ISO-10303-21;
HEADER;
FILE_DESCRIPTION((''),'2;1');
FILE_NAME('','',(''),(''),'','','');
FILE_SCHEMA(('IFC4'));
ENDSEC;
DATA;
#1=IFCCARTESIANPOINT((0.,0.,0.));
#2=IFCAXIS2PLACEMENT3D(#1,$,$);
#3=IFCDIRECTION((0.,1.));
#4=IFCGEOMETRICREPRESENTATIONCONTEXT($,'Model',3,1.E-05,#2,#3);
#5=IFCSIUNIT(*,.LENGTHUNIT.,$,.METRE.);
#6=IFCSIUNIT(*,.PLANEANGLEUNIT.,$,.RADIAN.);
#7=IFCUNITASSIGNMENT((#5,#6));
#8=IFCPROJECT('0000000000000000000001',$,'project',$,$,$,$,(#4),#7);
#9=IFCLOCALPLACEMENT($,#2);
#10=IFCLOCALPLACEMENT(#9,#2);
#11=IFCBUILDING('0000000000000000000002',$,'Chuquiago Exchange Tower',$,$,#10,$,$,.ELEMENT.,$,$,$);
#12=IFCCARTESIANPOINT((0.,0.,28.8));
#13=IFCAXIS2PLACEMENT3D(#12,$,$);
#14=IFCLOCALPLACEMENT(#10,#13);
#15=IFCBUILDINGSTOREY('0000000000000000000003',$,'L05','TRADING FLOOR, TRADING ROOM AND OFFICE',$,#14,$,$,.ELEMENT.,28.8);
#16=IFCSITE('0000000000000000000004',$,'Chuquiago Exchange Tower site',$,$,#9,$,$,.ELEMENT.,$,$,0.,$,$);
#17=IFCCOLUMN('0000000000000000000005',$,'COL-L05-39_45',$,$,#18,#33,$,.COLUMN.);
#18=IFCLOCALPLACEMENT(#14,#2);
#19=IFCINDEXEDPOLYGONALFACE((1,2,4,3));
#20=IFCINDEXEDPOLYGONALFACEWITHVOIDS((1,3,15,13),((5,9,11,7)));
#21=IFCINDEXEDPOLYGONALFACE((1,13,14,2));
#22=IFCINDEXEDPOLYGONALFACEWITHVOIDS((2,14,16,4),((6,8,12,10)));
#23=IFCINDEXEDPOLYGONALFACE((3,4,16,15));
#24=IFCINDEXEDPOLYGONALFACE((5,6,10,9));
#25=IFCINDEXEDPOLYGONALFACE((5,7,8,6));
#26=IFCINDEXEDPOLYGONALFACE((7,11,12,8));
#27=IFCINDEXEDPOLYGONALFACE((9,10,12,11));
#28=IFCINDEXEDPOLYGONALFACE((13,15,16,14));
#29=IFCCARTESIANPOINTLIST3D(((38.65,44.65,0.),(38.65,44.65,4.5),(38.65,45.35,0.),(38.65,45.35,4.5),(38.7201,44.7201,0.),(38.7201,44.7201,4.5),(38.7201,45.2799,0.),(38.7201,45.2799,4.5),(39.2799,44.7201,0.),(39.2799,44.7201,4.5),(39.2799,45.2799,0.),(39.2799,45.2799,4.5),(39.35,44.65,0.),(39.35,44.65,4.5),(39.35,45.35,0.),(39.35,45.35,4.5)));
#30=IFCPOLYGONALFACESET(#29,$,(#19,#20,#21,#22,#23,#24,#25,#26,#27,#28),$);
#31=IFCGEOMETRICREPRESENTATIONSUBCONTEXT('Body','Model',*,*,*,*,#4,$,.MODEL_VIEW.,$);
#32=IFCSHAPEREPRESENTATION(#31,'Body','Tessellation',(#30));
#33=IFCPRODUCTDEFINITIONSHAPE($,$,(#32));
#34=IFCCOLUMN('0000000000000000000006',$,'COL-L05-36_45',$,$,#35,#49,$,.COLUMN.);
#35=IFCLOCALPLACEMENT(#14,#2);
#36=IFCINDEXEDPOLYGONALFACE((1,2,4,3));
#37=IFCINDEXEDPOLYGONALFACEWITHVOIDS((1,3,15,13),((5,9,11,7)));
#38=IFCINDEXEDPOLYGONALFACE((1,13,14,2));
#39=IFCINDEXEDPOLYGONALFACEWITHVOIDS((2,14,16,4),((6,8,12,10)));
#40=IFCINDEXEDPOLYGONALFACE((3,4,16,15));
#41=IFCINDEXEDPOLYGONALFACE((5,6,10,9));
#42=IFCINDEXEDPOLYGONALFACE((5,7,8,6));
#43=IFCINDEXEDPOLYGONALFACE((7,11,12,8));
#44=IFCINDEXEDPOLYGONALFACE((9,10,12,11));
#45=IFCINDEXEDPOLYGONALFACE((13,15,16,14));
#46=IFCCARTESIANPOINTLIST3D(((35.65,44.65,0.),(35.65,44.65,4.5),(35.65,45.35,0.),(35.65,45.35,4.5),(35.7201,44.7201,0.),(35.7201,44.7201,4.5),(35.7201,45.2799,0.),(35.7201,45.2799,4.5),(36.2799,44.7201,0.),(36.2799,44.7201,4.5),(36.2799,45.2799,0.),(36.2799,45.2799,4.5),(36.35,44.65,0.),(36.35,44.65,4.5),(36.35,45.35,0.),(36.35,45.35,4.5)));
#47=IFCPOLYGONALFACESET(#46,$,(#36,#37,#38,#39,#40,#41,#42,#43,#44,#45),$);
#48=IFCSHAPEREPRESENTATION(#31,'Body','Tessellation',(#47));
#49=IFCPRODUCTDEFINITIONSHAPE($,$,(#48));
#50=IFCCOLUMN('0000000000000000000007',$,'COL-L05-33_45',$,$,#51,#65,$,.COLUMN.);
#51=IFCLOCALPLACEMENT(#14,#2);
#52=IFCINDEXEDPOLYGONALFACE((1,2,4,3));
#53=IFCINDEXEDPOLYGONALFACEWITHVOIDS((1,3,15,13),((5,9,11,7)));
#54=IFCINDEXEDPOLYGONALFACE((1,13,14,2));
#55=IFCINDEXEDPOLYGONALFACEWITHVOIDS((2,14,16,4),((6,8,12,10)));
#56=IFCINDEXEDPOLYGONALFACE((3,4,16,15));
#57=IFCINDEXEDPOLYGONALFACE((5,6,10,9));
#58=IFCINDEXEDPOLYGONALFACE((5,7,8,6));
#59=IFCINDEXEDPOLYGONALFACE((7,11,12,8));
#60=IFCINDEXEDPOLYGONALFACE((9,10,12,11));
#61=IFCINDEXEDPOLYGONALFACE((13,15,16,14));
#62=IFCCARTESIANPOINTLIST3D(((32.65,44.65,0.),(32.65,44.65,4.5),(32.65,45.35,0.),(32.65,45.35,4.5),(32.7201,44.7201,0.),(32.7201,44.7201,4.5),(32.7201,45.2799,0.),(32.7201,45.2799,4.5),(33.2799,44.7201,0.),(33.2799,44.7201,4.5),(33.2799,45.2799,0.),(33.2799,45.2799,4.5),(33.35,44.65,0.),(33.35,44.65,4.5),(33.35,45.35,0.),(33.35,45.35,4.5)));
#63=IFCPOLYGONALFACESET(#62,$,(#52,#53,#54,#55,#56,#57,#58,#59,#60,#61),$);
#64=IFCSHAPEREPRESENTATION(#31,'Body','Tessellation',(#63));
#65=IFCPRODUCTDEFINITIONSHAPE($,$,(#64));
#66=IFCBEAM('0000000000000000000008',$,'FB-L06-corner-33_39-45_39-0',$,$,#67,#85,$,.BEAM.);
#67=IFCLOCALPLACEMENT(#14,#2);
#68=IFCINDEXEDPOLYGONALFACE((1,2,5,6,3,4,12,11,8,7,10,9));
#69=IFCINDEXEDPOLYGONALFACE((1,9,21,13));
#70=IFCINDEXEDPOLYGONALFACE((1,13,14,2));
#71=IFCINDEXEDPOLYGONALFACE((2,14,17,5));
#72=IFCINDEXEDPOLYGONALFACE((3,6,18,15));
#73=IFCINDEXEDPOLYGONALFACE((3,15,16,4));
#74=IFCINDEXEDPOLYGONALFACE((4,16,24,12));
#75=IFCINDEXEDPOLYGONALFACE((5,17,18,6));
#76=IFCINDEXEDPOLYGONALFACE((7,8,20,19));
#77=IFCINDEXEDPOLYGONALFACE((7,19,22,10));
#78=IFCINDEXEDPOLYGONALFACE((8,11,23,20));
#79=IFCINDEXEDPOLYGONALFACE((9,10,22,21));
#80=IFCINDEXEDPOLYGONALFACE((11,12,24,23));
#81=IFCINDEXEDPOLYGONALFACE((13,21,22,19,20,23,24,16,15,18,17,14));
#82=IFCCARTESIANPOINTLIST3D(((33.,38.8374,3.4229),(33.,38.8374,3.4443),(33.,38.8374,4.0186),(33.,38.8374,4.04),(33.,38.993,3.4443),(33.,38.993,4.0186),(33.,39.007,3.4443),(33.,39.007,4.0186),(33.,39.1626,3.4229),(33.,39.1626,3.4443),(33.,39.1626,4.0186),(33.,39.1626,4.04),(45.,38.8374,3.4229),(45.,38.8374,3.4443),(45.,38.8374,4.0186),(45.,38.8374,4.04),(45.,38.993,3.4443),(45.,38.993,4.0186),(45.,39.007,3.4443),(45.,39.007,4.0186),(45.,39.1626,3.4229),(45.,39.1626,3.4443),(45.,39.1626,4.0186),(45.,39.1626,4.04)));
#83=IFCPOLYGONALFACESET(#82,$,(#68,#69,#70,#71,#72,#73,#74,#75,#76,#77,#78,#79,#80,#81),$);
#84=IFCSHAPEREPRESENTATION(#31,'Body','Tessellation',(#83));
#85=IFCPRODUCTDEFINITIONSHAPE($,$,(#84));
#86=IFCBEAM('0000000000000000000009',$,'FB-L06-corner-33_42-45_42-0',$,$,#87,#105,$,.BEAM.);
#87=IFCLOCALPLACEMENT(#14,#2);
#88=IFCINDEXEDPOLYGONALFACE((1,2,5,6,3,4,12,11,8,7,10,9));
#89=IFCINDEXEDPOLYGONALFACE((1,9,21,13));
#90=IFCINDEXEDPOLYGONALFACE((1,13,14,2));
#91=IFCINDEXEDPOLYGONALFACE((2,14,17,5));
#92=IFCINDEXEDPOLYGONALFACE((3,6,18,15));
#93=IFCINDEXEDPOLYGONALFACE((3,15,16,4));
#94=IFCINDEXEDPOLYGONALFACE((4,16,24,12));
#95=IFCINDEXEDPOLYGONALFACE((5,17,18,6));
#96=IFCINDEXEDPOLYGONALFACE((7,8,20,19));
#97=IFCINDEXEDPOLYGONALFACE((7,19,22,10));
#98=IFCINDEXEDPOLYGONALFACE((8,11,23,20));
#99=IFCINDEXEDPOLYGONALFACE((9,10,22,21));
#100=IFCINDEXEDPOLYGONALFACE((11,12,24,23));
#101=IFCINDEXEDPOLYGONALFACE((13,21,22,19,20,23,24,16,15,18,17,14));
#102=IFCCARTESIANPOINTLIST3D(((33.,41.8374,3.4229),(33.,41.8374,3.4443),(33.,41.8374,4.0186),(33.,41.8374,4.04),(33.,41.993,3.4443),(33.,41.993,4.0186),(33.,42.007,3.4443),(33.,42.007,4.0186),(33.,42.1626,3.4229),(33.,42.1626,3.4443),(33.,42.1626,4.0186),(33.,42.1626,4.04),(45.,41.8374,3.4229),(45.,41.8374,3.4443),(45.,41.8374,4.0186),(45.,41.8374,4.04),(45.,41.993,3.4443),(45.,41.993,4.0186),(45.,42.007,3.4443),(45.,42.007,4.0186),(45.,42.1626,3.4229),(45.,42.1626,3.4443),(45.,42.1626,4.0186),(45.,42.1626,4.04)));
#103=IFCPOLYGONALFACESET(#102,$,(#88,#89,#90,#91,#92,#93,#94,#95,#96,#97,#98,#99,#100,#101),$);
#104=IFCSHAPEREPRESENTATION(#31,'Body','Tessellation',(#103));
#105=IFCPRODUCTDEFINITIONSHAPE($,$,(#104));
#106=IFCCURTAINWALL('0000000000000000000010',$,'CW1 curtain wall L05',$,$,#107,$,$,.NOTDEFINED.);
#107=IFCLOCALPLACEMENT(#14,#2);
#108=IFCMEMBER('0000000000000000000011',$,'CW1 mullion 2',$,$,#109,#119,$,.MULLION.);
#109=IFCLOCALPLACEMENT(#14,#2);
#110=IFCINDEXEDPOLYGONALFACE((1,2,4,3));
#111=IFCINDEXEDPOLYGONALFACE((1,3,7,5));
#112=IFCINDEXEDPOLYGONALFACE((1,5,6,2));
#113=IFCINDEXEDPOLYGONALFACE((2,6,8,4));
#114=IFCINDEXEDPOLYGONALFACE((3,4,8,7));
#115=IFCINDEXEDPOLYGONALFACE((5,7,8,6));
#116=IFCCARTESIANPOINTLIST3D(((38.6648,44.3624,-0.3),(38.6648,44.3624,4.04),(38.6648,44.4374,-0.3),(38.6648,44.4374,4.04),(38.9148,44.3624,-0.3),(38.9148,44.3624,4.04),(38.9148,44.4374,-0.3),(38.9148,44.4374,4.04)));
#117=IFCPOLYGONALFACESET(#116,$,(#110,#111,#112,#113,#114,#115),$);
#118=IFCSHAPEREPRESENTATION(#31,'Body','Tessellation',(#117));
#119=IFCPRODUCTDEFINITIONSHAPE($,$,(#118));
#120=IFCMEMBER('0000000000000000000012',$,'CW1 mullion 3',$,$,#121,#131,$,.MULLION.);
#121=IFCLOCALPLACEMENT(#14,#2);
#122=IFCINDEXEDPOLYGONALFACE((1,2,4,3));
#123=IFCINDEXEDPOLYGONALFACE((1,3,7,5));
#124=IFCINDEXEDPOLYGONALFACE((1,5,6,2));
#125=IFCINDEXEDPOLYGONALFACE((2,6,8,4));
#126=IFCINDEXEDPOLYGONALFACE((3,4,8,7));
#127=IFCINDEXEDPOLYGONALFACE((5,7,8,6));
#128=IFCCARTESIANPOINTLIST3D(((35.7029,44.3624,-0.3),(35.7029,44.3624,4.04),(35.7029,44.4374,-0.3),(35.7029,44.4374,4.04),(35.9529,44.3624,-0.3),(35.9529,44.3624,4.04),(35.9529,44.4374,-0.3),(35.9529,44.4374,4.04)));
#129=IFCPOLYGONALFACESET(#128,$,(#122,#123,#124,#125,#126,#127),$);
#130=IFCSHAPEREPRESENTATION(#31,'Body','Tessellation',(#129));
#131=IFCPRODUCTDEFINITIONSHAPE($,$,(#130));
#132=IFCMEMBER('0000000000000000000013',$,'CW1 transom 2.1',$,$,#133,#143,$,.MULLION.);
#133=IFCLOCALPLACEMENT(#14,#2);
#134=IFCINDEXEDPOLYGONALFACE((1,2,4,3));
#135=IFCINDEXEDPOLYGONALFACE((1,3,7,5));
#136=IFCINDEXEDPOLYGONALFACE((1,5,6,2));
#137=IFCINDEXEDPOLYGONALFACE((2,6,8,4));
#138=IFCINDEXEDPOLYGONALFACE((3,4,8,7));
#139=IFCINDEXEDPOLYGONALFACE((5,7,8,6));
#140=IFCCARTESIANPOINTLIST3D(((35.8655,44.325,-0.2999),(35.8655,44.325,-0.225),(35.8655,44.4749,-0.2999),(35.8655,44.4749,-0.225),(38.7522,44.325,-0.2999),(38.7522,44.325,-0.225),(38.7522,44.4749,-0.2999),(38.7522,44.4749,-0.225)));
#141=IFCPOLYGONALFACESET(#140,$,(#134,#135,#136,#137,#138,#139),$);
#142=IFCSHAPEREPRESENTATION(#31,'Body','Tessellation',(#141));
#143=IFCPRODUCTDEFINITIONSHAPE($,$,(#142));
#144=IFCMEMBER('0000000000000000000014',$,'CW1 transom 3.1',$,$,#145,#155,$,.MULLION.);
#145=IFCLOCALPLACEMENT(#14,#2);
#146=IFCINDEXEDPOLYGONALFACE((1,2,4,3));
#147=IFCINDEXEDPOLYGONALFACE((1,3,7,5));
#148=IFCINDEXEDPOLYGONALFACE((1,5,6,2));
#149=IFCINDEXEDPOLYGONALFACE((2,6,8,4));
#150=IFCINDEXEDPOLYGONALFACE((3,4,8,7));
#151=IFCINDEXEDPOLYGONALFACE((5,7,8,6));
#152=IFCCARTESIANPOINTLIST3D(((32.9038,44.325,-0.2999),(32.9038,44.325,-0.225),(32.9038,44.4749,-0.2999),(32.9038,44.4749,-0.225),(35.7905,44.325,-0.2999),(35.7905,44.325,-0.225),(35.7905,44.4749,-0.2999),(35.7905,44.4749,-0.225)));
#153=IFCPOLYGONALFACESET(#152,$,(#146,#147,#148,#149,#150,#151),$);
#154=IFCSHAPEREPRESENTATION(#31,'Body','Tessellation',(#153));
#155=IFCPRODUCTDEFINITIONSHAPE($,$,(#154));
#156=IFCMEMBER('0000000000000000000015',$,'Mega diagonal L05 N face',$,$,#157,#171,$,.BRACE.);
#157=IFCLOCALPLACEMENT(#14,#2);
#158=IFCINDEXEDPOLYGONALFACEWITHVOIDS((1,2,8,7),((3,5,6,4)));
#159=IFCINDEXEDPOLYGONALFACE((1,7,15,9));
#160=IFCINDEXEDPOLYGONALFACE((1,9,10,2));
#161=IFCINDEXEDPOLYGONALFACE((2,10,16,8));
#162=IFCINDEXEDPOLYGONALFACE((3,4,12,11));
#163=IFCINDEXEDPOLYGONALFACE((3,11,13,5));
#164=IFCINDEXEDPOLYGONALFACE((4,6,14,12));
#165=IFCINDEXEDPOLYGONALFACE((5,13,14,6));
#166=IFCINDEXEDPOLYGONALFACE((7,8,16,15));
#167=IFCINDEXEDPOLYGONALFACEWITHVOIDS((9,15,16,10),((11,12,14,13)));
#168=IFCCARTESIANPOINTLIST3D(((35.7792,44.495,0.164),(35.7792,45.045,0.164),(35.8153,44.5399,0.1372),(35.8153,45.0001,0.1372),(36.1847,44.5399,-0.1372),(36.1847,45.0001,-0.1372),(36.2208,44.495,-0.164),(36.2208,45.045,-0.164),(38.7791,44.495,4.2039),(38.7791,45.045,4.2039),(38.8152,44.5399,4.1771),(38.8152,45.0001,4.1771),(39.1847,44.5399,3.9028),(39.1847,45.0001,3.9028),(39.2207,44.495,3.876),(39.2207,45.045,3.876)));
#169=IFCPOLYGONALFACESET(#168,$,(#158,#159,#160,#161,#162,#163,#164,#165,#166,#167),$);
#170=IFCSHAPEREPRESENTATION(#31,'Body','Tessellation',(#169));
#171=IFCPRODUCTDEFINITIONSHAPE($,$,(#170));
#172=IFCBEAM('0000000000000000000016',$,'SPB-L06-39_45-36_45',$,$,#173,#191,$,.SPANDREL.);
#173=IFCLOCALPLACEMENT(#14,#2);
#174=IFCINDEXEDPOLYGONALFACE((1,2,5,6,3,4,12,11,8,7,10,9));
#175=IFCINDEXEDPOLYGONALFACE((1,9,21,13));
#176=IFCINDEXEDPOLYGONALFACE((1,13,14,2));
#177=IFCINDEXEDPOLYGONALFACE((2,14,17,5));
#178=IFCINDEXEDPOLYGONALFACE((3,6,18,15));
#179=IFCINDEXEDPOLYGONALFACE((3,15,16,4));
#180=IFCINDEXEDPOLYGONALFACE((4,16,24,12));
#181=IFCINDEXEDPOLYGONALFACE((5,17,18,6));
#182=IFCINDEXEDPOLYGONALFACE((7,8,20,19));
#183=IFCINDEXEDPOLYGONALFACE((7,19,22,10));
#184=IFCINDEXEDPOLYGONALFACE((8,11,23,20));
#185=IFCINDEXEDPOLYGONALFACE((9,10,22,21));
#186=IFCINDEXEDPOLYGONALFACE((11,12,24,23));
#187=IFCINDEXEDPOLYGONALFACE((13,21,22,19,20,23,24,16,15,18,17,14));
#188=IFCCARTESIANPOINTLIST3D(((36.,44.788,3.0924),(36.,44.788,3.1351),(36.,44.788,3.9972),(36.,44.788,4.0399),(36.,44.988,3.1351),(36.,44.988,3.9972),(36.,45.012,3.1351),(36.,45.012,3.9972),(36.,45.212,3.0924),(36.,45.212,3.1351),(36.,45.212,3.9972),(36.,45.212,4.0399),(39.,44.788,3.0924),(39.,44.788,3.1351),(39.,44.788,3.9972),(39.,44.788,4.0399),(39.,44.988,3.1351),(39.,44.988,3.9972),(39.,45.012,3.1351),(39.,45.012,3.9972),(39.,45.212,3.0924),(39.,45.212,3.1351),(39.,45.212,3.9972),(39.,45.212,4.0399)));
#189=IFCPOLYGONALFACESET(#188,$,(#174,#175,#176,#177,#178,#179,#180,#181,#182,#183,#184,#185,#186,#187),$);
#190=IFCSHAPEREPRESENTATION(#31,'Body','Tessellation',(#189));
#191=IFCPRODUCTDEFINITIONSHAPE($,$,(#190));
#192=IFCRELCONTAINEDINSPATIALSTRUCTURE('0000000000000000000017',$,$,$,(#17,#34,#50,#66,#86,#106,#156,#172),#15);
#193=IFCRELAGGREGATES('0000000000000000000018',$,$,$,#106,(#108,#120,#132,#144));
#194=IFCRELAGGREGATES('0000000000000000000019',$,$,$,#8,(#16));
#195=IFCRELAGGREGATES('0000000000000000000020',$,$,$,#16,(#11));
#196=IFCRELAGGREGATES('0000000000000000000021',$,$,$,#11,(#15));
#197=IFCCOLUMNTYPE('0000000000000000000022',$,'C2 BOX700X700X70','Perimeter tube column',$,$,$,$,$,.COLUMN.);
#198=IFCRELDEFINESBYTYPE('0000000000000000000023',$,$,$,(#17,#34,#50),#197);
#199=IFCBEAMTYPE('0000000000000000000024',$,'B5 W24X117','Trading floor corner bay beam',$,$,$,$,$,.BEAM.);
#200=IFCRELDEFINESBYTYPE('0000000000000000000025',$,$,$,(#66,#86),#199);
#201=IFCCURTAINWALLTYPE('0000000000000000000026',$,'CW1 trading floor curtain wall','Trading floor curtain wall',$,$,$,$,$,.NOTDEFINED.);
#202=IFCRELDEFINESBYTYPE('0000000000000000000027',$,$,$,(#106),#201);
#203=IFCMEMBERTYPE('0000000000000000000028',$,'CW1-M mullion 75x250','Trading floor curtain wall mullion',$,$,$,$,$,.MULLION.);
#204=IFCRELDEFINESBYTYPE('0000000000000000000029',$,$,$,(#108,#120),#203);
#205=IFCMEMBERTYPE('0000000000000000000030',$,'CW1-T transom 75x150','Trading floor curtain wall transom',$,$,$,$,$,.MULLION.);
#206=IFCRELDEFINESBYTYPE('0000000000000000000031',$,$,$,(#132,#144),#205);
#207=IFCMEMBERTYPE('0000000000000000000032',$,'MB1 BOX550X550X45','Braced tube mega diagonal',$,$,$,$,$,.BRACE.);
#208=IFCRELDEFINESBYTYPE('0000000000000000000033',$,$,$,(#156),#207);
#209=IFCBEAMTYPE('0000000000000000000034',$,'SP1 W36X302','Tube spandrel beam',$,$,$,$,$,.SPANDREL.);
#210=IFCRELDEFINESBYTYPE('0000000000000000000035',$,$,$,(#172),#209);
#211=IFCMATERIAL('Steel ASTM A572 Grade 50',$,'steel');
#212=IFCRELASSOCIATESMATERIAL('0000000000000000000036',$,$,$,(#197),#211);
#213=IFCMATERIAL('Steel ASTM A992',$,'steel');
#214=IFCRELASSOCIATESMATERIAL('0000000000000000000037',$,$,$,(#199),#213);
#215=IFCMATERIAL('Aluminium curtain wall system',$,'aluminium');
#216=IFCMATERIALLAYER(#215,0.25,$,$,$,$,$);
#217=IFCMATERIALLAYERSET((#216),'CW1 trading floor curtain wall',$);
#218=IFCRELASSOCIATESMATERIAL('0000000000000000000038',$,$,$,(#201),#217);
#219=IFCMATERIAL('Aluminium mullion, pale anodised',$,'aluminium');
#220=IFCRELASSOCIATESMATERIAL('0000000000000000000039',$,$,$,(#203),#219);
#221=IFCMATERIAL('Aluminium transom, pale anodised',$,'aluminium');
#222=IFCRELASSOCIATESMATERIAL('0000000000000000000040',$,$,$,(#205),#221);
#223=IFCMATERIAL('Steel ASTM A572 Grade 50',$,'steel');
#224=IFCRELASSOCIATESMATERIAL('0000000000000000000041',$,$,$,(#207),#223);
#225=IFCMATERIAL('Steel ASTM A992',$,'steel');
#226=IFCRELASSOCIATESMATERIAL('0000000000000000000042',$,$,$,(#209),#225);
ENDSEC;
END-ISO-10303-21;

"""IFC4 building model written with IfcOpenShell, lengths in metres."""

from ifc_helpers import new_model, si_unit, direction, frame, origin, origin_2d, place, context, subcontext, project, spatial, rectangle, hollow_rectangle, i_section, extrude, material, layer, layer_set, material_profile, profile_set, type_object, element, aggregate, save


model = new_model("IFC4")

# Units and contexts
model_context = context("Model", 3, precision=1e-05, world=origin(), true_north=direction((0.0, 1.0)))
body_context = subcontext(model_context, "Body", "Model", "MODEL_VIEW")
ifc_project = project(units=[si_unit("LENGTHUNIT", "METRE"), si_unit("PLANEANGLEUNIT", "RADIAN")], contexts=[model_context])

# Site, building, storey
site_placement = place(None, origin())
site = spatial("IfcSite", under=ifc_project, at=site_placement, Name="Chuquiago Exchange Tower site", CompositionType="ELEMENT", RefElevation=0.0)
building_placement = place(site_placement, origin())
building = spatial("IfcBuilding", under=site, at=building_placement, Name="Chuquiago Exchange Tower", CompositionType="ELEMENT")
storey_placement = place(building_placement, frame((0.0, 0.0, 28.8)))
storey = spatial("IfcBuildingStorey", under=building, at=storey_placement, Name="L05", Description="TRADING FLOOR, TRADING ROOM AND OFFICE", CompositionType="ELEMENT", Elevation=28.8)

# Columns
ifc_material_1 = material(Name="Steel ASTM A572 Grade 50", Category="steel")
ifc_material_profile_1 = material_profile(ifc_material_1, hollow_rectangle(XDim=0.7, YDim=0.7, WallThickness=0.0701, at=origin_2d()), Name="BOX700X700X70")
ifc_profile_set_1 = profile_set([ifc_material_profile_1], Name="Steel ASTM A572 Grade 50")
column_type = type_object("IfcColumnType", Name="C2 BOX700X700X70", Description="Perimeter tube column", PredefinedType="COLUMN", material=ifc_profile_set_1)
for number, where, z_axis, x_axis, name in (
    (1, (39.0, 45.0, 0.0), (0.0, 0.0, 1.0), (0.0, 1.0, 0.0), "COL-L05-39_45"),
    (2, (36.0, 45.0, 0.0), (0.0, 0.0, 1.0), (0.0, 1.0, 0.0), "COL-L05-36_45"),
    (3, (33.0, 45.0, 0.0), (0.0, 0.0, 1.0), (0.0, 1.0, 0.0), "COL-L05-33_45"),
):
    element("IfcColumn", number, at=place(storey_placement, frame(where, z_axis=z_axis, x_axis=x_axis)), inside=storey, type_object=column_type, Name=name, PredefinedType="COLUMN", context=body_context, shape_type="SweptSolid", body=[
        extrude(hollow_rectangle(XDim=0.7, YDim=0.7, WallThickness=0.0701, at=origin_2d()), origin(), (0.0, 0.0, 1.0), 4.5),
    ])

# Beams
ifc_material_2 = material(Name="Steel ASTM A992", Category="steel")
ifc_material_profile_2 = material_profile(ifc_material_2, i_section(OverallWidth=0.3252, OverallDepth=0.6172, WebThickness=0.0139, FlangeThickness=0.0215, at=origin_2d()), Name="W24X117")
ifc_profile_set_2 = profile_set([ifc_material_profile_2], Name="Steel ASTM A992")
beam_type_1 = type_object("IfcBeamType", Name="B5 W24X117", Description="Trading floor corner bay beam", PredefinedType="BEAM", material=ifc_profile_set_2)
for number, where, z_axis, x_axis, name in (
    (4, (33.0, 39.0, 3.7314), (1.0, 0.0, 0.0), (0.0, 1.0, 0.0), "FB-L06-corner-33_39-45_39-0"),
    (5, (33.0, 42.0, 3.7314), (1.0, 0.0, 0.0), (0.0, 1.0, 0.0), "FB-L06-corner-33_42-45_42-0"),
):
    element("IfcBeam", number, at=place(storey_placement, frame(where, z_axis=z_axis, x_axis=x_axis)), inside=storey, type_object=beam_type_1, Name=name, PredefinedType="BEAM", context=body_context, shape_type="SweptSolid", body=[
        extrude(i_section(OverallWidth=0.3252, OverallDepth=0.6172, WebThickness=0.0139, FlangeThickness=0.0215, at=origin_2d()), origin(), (0.0, 0.0, 1.0), 12.0),
    ])

# Curtain wall, members
ifc_material_3 = material(Name="Aluminium curtain wall system", Category="aluminium")
ifc_layer_1 = layer(ifc_material_3, 0.25)
ifc_layer_set_1 = layer_set([ifc_layer_1], Name="CW1 trading floor curtain wall")
curtain_wall_type = type_object("IfcCurtainWallType", Name="CW1 trading floor curtain wall", Description="Trading floor curtain wall", PredefinedType="NOTDEFINED", material=ifc_layer_set_1)
curtain_wall_placement = place(storey_placement, origin())
curtain_wall = element("IfcCurtainWall", 6, at=curtain_wall_placement, inside=storey, type_object=curtain_wall_type, Name="CW1 curtain wall L05", PredefinedType="NOTDEFINED")
ifc_material_4 = material(Name="Aluminium mullion, pale anodised", Category="aluminium")
ifc_material_profile_3 = material_profile(ifc_material_4, rectangle(XDim=0.075, YDim=0.25, at=origin_2d()), Name="AL 75x250")
ifc_profile_set_3 = profile_set([ifc_material_profile_3], Name="Aluminium mullion, pale anodised")
member_type_1 = type_object("IfcMemberType", Name="CW1-M mullion 75x250", Description="Trading floor curtain wall mullion", PredefinedType="MULLION", material=ifc_profile_set_3)
member_1_placement = place(storey_placement, frame((38.7898, 44.3999, -0.3), z_axis=(0.0, 0.0, 1.0), x_axis=(0.0, -1.0, 0.0)))
member_1 = element("IfcMember", 7, at=member_1_placement, type_object=member_type_1, Name="CW1 mullion 2", PredefinedType="MULLION", context=body_context, shape_type="SweptSolid", body=[
    extrude(rectangle(XDim=0.075, YDim=0.25, at=origin_2d()), origin(), (0.0, 0.0, 1.0), 4.3401),
])
member_2_placement = place(storey_placement, frame((35.8279, 44.3999, -0.3), z_axis=(0.0, 0.0, 1.0), x_axis=(0.0, -1.0, 0.0)))
member_2 = element("IfcMember", 8, at=member_2_placement, type_object=member_type_1, Name="CW1 mullion 3", PredefinedType="MULLION", context=body_context, shape_type="SweptSolid", body=[
    extrude(rectangle(XDim=0.075, YDim=0.25, at=origin_2d()), origin(), (0.0, 0.0, 1.0), 4.3401),
])
ifc_material_5 = material(Name="Aluminium transom, pale anodised", Category="aluminium")
ifc_material_profile_4 = material_profile(ifc_material_5, rectangle(XDim=0.1499, YDim=0.075, at=origin_2d()), Name="AL 150x75")
ifc_profile_set_4 = profile_set([ifc_material_profile_4], Name="Aluminium transom, pale anodised")
member_type_2 = type_object("IfcMemberType", Name="CW1-T transom 75x150", Description="Trading floor curtain wall transom", PredefinedType="MULLION", material=ifc_profile_set_4)
member_3_placement = place(storey_placement, frame((38.7522, 44.3999, -0.2625), z_axis=(-1.0, 0.0, 0.0), x_axis=(0.0, -1.0, 0.0)))
member_3 = element("IfcMember", 9, at=member_3_placement, type_object=member_type_2, Name="CW1 transom 2.1", PredefinedType="MULLION", context=body_context, shape_type="SweptSolid", body=[
    extrude(rectangle(XDim=0.1499, YDim=0.075, at=origin_2d()), origin(), (0.0, 0.0, 1.0), 2.8867),
])
member_4_placement = place(storey_placement, frame((35.7905, 44.3999, -0.2625), z_axis=(-1.0, 0.0, 0.0), x_axis=(0.0, -1.0, 0.0)))
member_4 = element("IfcMember", 10, at=member_4_placement, type_object=member_type_2, Name="CW1 transom 3.1", PredefinedType="MULLION", context=body_context, shape_type="SweptSolid", body=[
    extrude(rectangle(XDim=0.1499, YDim=0.075, at=origin_2d()), origin(), (0.0, 0.0, 1.0), 2.8867),
])

# Member
ifc_material_6 = material(Name="Steel ASTM A572 Grade 50", Category="steel")
ifc_material_profile_5 = material_profile(ifc_material_6, hollow_rectangle(XDim=0.55, YDim=0.55, WallThickness=0.0449, at=origin_2d()), Name="BOX550X550X45")
ifc_profile_set_5 = profile_set([ifc_material_profile_5], Name="Steel ASTM A572 Grade 50")
member_type_3 = type_object("IfcMemberType", Name="MB1 BOX550X550X45", Description="Braced tube mega diagonal", PredefinedType="BRACE", material=ifc_profile_set_5)
member_5_placement = place(storey_placement, frame((36.0, 44.77, 0.0), z_axis=(0.596174, 0.0, 0.802855), x_axis=(0.0, 1.0, 0.0)))
element("IfcMember", 11, at=member_5_placement, inside=storey, type_object=member_type_3, Name="Mega diagonal L05 N face", PredefinedType="BRACE", context=body_context, shape_type="SweptSolid", body=[
    extrude(hollow_rectangle(XDim=0.55, YDim=0.55, WallThickness=0.0449, at=origin_2d()), origin(), (0.0, 0.0, 1.0), 5.032),
])

# Beam
ifc_material_7 = material(Name="Steel ASTM A992", Category="steel")
ifc_material_profile_6 = material_profile(ifc_material_7, i_section(OverallWidth=0.4241, OverallDepth=0.9475, WebThickness=0.0239, FlangeThickness=0.0427, at=origin_2d()), Name="W36X302")
ifc_profile_set_6 = profile_set([ifc_material_profile_6], Name="Steel ASTM A992")
beam_type_2 = type_object("IfcBeamType", Name="SP1 W36X302", Description="Tube spandrel beam", PredefinedType="SPANDREL", material=ifc_profile_set_6)
for number, where, z_axis, x_axis, name in (
    (12, (39.0, 45.0, 3.5662), (-1.0, 0.0, 0.0), (0.0, -1.0, 0.0), "SPB-L06-39_45-36_45"),
):
    element("IfcBeam", number, at=place(storey_placement, frame(where, z_axis=z_axis, x_axis=x_axis)), inside=storey, type_object=beam_type_2, Name=name, PredefinedType="SPANDREL", context=body_context, shape_type="SweptSolid", body=[
        extrude(i_section(OverallWidth=0.4241, OverallDepth=0.9475, WebThickness=0.0239, FlangeThickness=0.0427, at=origin_2d()), origin(), (0.0, 0.0, 1.0), 3.0),
    ])

aggregate(curtain_wall, [member_1, member_2, member_3, member_4])

save(model, "model.ifc")
